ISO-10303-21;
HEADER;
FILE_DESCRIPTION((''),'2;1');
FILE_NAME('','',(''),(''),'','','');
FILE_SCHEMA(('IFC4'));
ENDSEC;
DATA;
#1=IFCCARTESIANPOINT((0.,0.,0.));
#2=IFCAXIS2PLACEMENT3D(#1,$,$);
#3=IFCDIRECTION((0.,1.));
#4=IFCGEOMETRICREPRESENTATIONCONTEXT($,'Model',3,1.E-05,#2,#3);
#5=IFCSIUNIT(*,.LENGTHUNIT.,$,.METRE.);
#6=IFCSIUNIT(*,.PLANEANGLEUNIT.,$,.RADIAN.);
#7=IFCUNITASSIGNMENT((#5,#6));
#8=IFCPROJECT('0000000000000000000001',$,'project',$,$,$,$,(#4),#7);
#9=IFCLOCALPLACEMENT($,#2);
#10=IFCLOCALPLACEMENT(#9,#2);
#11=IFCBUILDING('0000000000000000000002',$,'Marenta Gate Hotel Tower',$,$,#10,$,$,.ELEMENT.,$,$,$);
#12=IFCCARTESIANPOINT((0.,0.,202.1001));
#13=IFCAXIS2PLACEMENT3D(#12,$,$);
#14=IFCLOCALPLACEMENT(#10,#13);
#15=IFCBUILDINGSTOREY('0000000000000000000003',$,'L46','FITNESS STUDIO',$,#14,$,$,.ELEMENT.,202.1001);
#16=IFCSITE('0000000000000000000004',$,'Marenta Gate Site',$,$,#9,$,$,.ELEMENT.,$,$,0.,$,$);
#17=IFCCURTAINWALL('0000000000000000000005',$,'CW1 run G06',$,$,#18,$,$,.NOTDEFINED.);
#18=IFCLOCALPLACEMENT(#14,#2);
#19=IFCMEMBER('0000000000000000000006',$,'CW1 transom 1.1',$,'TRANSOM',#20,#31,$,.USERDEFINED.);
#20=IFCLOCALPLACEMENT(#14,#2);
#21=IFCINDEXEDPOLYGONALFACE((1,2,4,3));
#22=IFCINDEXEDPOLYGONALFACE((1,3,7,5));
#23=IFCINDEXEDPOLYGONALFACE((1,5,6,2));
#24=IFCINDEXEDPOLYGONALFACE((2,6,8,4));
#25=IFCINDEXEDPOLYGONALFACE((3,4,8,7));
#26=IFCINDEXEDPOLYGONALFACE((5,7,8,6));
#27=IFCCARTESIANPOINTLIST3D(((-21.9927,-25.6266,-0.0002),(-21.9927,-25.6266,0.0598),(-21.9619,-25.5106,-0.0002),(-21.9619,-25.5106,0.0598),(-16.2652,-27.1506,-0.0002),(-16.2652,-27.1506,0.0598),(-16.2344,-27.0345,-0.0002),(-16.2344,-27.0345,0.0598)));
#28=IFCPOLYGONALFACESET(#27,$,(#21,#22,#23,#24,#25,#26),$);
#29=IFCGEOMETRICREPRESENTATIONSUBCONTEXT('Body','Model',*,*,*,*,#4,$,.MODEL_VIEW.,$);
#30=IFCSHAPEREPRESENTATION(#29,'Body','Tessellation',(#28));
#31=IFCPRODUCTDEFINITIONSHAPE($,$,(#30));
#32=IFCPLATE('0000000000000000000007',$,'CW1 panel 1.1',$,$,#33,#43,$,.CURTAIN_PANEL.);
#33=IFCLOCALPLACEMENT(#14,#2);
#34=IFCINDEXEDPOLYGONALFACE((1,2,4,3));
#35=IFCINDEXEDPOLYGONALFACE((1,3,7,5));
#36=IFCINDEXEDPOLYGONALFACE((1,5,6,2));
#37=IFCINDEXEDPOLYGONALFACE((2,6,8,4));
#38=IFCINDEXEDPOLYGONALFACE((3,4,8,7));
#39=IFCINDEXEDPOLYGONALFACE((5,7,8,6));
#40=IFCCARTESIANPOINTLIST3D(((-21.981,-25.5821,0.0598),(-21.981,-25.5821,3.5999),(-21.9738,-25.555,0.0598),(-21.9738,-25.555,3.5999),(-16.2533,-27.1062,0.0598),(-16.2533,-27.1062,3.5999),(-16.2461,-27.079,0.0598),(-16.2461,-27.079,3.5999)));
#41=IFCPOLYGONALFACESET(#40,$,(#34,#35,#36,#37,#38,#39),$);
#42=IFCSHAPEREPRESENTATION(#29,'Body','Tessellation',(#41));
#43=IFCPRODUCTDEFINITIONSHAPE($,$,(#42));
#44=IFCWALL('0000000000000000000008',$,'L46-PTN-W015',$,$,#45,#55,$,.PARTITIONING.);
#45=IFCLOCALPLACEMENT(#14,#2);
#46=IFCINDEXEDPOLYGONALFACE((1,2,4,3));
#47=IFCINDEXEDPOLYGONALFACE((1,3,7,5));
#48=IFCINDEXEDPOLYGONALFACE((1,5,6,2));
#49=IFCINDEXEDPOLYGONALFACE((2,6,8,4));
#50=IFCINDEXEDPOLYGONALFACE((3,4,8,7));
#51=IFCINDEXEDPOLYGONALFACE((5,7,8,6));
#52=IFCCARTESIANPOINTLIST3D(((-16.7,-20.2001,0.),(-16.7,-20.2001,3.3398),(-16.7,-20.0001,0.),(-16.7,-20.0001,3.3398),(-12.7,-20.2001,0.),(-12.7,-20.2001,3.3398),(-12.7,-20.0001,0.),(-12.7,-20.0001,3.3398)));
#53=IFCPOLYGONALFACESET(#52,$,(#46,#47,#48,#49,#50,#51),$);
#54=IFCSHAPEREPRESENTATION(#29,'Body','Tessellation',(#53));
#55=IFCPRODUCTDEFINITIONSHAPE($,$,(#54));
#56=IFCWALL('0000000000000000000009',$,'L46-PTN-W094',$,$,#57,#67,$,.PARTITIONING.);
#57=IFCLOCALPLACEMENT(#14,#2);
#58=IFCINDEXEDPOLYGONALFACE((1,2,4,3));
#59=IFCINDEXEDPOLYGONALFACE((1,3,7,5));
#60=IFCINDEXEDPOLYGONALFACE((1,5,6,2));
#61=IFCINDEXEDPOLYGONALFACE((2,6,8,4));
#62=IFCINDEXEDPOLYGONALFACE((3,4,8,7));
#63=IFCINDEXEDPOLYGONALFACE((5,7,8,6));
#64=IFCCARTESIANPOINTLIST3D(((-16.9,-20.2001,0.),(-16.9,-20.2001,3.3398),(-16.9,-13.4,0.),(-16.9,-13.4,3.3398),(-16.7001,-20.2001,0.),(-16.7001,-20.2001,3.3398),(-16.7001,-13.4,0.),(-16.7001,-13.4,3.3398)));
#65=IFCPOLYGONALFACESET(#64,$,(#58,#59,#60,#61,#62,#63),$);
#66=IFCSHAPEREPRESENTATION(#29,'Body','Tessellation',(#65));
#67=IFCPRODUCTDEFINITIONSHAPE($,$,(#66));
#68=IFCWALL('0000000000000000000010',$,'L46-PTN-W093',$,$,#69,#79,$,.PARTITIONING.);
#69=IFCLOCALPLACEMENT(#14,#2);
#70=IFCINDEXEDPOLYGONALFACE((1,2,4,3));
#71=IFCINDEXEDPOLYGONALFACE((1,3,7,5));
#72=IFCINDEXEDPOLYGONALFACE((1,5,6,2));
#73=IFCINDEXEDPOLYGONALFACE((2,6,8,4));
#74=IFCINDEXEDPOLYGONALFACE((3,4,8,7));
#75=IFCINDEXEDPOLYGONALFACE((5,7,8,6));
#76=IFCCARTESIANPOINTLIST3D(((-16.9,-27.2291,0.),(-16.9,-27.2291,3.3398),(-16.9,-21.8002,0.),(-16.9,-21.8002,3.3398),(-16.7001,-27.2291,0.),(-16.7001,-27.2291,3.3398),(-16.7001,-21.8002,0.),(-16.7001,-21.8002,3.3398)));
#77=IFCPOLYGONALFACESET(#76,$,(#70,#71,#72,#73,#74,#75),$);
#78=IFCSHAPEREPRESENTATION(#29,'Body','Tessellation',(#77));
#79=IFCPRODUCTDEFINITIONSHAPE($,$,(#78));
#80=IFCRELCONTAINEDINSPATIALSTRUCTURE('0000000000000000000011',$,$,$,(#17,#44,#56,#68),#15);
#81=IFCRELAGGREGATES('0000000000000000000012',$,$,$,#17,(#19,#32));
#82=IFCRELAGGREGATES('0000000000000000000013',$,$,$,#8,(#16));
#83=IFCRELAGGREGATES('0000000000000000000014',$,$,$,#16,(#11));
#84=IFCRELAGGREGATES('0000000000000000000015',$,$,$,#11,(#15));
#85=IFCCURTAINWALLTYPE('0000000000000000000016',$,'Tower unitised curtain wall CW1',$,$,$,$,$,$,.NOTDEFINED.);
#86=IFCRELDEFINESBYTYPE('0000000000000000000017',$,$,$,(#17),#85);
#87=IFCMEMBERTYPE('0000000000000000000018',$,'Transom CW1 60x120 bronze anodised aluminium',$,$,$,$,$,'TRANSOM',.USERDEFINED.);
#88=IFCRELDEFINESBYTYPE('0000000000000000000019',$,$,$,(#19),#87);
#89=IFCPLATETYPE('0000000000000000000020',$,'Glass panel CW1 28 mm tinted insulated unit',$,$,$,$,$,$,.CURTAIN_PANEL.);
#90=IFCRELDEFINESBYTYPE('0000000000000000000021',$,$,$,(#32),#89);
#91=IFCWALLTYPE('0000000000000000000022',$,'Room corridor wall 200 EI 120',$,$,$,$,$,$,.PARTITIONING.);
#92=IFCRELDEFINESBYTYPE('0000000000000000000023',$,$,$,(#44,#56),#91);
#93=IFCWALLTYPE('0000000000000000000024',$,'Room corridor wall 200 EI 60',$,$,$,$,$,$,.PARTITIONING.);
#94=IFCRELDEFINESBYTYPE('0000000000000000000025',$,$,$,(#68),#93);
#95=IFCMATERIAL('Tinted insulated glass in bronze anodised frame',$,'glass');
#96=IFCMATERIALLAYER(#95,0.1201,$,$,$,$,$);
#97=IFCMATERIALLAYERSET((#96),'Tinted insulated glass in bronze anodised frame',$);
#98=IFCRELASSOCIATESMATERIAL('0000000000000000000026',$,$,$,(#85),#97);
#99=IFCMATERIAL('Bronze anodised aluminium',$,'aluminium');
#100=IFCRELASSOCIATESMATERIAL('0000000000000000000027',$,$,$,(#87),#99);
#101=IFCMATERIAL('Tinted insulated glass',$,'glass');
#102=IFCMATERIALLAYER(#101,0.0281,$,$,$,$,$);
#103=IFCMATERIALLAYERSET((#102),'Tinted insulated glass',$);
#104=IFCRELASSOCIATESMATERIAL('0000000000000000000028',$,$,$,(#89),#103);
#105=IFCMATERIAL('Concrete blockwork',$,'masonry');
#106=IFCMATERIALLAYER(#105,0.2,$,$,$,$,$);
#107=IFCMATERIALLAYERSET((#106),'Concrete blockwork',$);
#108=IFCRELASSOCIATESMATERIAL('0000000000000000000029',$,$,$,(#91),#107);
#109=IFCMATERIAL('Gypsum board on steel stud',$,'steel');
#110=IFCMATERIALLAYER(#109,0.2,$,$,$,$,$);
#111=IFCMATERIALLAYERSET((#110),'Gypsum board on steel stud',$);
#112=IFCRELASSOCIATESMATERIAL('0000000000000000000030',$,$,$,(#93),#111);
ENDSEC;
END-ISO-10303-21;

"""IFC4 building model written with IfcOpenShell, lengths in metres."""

from ifc_helpers import new_model, si_unit, direction, frame, frame_2d, origin, origin_2d, place, context, subcontext, project, spatial, rectangle, extrude, material, layer, layer_set, material_profile, profile_set, type_object, element, aggregate, save


model = new_model("IFC4")

# Units and contexts
model_context = context("Model", 3, precision=1e-05, world=origin(), true_north=direction((0.0, 1.0)))
body_context = subcontext(model_context, "Body", "Model", "MODEL_VIEW")
ifc_project = project(units=[si_unit("LENGTHUNIT", "METRE"), si_unit("PLANEANGLEUNIT", "RADIAN")], contexts=[model_context])

# Site, building, storey
site_placement = place(None, origin())
site = spatial("IfcSite", under=ifc_project, at=site_placement, Name="Marenta Gate Site", CompositionType="ELEMENT", RefElevation=0.0)
building_placement = place(site_placement, origin())
building = spatial("IfcBuilding", under=site, at=building_placement, Name="Marenta Gate Hotel Tower", CompositionType="ELEMENT")
storey_placement = place(building_placement, frame((0.0, 0.0, 202.1001)))
storey = spatial("IfcBuildingStorey", under=building, at=storey_placement, Name="L46", Description="FITNESS STUDIO", CompositionType="ELEMENT", Elevation=202.1001)

# Curtain wall, member, plate
ifc_material_1 = material(Name="Tinted insulated glass in bronze anodised frame", Category="glass")
ifc_layer_1 = layer(ifc_material_1, 0.1201)
ifc_layer_set_1 = layer_set([ifc_layer_1], Name="Tinted insulated glass in bronze anodised frame")
curtain_wall_type = type_object("IfcCurtainWallType", Name="Tower unitised curtain wall CW1", PredefinedType="NOTDEFINED", material=ifc_layer_set_1)
curtain_wall_placement = place(storey_placement, origin())
curtain_wall = element("IfcCurtainWall", 1, at=curtain_wall_placement, inside=storey, type_object=curtain_wall_type, Name="CW1 run G06", PredefinedType="NOTDEFINED")
ifc_material_2 = material(Name="Bronze anodised aluminium", Category="aluminium")
ifc_material_profile_1 = material_profile(ifc_material_2, rectangle(XDim=0.1201, YDim=0.0601, at=origin_2d()), Name="Transom CW1 60x120 bronze anodised aluminium")
ifc_profile_set_1 = profile_set([ifc_material_profile_1], Name="Bronze anodised aluminium")
member_type_1 = type_object("IfcMemberType", Name="Transom CW1 60x120 bronze anodised aluminium", ElementType="TRANSOM", PredefinedType="USERDEFINED", material=ifc_profile_set_1)
member_1_placement = place(storey_placement, frame((-21.9773, -25.5686, 0.0298), z_axis=(0.966378, -0.257124, 0.0), x_axis=(0.257124, 0.966378, 0.0)))
member_1 = element("IfcMember", 2, at=member_1_placement, type_object=member_type_1, Name="CW1 transom 1.1", ObjectType="TRANSOM", PredefinedType="USERDEFINED", context=body_context, shape_type="SweptSolid", body=[
    extrude(rectangle(XDim=0.1201, YDim=0.0601, at=origin_2d()), origin(), (0.0, 0.0, 1.0), 5.9268),
])
ifc_material_3 = material(Name="Tinted insulated glass", Category="glass")
ifc_layer_2 = layer(ifc_material_3, 0.0281)
ifc_layer_set_2 = layer_set([ifc_layer_2], Name="Tinted insulated glass")
plate_type = type_object("IfcPlateType", Name="Glass panel CW1 28 mm tinted insulated unit", PredefinedType="CURTAIN_PANEL", material=ifc_layer_set_2)
plate_placement = place(storey_placement, frame((-19.1135, -26.3306, 0.0598), z_axis=(0.0, 0.0, 1.0), x_axis=(0.966374, -0.257139, 0.0)))
plate = element("IfcPlate", 3, at=plate_placement, type_object=plate_type, Name="CW1 panel 1.1", PredefinedType="CURTAIN_PANEL", context=body_context, shape_type="SweptSolid", body=[
    extrude(rectangle(XDim=5.927, YDim=0.0281, at=origin_2d()), origin(), (0.0, 0.0, 1.0), 3.54),
])
aggregate(curtain_wall, [member_1, plate])

# Walls
ifc_material_4 = material(Name="Concrete blockwork", Category="masonry")
ifc_layer_3 = layer(ifc_material_4, 0.2)
ifc_layer_set_3 = layer_set([ifc_layer_3], Name="Concrete blockwork")
wall_type_1 = type_object("IfcWallType", Name="Room corridor wall 200 EI 120", PredefinedType="PARTITIONING", material=ifc_layer_set_3)
wall_1_placement = place(storey_placement, frame((-16.7, -20.1001, 0.0), z_axis=(0.0, 0.0, 1.0), x_axis=(1.0, 0.0, 0.0)))
element("IfcWall", 4, at=wall_1_placement, inside=storey, type_object=wall_type_1, Name="L46-PTN-W015", PredefinedType="PARTITIONING", context=body_context, shape_type="SweptSolid", body=[
    extrude(rectangle(XDim=4.0, YDim=0.2, at=frame_2d((2.0, 0.0))), origin(), (0.0, 0.0, 1.0), 3.3398),
])
wall_2_placement = place(storey_placement, frame((-16.8, -20.2, 0.0), z_axis=(0.0, 0.0, 1.0), x_axis=(0.0, 1.0, 0.0)))
element("IfcWall", 5, at=wall_2_placement, inside=storey, type_object=wall_type_1, Name="L46-PTN-W094", PredefinedType="PARTITIONING", context=body_context, shape_type="SweptSolid", body=[
    extrude(rectangle(XDim=6.8, YDim=0.2, at=frame_2d((3.3999, 0.0))), origin(), (0.0, 0.0, 1.0), 3.3398),
])

# Shared definitions
ifc_material_5 = material(Name="Gypsum board on steel stud", Category="steel")
ifc_layer_4 = layer(ifc_material_5, 0.2)
ifc_layer_set_4 = layer_set([ifc_layer_4], Name="Gypsum board on steel stud")
wall_type_2 = type_object("IfcWallType", Name="Room corridor wall 200 EI 60", PredefinedType="PARTITIONING", material=ifc_layer_set_4)

# Wall
wall_3_placement = place(storey_placement, frame((-16.8, -27.229, 0.0), z_axis=(0.0, 0.0, 1.0), x_axis=(0.0, 1.0, 0.0)))
element("IfcWall", 6, at=wall_3_placement, inside=storey, type_object=wall_type_2, Name="L46-PTN-W093", PredefinedType="PARTITIONING", context=body_context, shape_type="SweptSolid", body=[
    extrude(rectangle(XDim=5.429, YDim=0.2, at=frame_2d((2.7144, 0.0))), origin(), (0.0, 0.0, 1.0), 3.3398),
])

save(model, "model.ifc")
